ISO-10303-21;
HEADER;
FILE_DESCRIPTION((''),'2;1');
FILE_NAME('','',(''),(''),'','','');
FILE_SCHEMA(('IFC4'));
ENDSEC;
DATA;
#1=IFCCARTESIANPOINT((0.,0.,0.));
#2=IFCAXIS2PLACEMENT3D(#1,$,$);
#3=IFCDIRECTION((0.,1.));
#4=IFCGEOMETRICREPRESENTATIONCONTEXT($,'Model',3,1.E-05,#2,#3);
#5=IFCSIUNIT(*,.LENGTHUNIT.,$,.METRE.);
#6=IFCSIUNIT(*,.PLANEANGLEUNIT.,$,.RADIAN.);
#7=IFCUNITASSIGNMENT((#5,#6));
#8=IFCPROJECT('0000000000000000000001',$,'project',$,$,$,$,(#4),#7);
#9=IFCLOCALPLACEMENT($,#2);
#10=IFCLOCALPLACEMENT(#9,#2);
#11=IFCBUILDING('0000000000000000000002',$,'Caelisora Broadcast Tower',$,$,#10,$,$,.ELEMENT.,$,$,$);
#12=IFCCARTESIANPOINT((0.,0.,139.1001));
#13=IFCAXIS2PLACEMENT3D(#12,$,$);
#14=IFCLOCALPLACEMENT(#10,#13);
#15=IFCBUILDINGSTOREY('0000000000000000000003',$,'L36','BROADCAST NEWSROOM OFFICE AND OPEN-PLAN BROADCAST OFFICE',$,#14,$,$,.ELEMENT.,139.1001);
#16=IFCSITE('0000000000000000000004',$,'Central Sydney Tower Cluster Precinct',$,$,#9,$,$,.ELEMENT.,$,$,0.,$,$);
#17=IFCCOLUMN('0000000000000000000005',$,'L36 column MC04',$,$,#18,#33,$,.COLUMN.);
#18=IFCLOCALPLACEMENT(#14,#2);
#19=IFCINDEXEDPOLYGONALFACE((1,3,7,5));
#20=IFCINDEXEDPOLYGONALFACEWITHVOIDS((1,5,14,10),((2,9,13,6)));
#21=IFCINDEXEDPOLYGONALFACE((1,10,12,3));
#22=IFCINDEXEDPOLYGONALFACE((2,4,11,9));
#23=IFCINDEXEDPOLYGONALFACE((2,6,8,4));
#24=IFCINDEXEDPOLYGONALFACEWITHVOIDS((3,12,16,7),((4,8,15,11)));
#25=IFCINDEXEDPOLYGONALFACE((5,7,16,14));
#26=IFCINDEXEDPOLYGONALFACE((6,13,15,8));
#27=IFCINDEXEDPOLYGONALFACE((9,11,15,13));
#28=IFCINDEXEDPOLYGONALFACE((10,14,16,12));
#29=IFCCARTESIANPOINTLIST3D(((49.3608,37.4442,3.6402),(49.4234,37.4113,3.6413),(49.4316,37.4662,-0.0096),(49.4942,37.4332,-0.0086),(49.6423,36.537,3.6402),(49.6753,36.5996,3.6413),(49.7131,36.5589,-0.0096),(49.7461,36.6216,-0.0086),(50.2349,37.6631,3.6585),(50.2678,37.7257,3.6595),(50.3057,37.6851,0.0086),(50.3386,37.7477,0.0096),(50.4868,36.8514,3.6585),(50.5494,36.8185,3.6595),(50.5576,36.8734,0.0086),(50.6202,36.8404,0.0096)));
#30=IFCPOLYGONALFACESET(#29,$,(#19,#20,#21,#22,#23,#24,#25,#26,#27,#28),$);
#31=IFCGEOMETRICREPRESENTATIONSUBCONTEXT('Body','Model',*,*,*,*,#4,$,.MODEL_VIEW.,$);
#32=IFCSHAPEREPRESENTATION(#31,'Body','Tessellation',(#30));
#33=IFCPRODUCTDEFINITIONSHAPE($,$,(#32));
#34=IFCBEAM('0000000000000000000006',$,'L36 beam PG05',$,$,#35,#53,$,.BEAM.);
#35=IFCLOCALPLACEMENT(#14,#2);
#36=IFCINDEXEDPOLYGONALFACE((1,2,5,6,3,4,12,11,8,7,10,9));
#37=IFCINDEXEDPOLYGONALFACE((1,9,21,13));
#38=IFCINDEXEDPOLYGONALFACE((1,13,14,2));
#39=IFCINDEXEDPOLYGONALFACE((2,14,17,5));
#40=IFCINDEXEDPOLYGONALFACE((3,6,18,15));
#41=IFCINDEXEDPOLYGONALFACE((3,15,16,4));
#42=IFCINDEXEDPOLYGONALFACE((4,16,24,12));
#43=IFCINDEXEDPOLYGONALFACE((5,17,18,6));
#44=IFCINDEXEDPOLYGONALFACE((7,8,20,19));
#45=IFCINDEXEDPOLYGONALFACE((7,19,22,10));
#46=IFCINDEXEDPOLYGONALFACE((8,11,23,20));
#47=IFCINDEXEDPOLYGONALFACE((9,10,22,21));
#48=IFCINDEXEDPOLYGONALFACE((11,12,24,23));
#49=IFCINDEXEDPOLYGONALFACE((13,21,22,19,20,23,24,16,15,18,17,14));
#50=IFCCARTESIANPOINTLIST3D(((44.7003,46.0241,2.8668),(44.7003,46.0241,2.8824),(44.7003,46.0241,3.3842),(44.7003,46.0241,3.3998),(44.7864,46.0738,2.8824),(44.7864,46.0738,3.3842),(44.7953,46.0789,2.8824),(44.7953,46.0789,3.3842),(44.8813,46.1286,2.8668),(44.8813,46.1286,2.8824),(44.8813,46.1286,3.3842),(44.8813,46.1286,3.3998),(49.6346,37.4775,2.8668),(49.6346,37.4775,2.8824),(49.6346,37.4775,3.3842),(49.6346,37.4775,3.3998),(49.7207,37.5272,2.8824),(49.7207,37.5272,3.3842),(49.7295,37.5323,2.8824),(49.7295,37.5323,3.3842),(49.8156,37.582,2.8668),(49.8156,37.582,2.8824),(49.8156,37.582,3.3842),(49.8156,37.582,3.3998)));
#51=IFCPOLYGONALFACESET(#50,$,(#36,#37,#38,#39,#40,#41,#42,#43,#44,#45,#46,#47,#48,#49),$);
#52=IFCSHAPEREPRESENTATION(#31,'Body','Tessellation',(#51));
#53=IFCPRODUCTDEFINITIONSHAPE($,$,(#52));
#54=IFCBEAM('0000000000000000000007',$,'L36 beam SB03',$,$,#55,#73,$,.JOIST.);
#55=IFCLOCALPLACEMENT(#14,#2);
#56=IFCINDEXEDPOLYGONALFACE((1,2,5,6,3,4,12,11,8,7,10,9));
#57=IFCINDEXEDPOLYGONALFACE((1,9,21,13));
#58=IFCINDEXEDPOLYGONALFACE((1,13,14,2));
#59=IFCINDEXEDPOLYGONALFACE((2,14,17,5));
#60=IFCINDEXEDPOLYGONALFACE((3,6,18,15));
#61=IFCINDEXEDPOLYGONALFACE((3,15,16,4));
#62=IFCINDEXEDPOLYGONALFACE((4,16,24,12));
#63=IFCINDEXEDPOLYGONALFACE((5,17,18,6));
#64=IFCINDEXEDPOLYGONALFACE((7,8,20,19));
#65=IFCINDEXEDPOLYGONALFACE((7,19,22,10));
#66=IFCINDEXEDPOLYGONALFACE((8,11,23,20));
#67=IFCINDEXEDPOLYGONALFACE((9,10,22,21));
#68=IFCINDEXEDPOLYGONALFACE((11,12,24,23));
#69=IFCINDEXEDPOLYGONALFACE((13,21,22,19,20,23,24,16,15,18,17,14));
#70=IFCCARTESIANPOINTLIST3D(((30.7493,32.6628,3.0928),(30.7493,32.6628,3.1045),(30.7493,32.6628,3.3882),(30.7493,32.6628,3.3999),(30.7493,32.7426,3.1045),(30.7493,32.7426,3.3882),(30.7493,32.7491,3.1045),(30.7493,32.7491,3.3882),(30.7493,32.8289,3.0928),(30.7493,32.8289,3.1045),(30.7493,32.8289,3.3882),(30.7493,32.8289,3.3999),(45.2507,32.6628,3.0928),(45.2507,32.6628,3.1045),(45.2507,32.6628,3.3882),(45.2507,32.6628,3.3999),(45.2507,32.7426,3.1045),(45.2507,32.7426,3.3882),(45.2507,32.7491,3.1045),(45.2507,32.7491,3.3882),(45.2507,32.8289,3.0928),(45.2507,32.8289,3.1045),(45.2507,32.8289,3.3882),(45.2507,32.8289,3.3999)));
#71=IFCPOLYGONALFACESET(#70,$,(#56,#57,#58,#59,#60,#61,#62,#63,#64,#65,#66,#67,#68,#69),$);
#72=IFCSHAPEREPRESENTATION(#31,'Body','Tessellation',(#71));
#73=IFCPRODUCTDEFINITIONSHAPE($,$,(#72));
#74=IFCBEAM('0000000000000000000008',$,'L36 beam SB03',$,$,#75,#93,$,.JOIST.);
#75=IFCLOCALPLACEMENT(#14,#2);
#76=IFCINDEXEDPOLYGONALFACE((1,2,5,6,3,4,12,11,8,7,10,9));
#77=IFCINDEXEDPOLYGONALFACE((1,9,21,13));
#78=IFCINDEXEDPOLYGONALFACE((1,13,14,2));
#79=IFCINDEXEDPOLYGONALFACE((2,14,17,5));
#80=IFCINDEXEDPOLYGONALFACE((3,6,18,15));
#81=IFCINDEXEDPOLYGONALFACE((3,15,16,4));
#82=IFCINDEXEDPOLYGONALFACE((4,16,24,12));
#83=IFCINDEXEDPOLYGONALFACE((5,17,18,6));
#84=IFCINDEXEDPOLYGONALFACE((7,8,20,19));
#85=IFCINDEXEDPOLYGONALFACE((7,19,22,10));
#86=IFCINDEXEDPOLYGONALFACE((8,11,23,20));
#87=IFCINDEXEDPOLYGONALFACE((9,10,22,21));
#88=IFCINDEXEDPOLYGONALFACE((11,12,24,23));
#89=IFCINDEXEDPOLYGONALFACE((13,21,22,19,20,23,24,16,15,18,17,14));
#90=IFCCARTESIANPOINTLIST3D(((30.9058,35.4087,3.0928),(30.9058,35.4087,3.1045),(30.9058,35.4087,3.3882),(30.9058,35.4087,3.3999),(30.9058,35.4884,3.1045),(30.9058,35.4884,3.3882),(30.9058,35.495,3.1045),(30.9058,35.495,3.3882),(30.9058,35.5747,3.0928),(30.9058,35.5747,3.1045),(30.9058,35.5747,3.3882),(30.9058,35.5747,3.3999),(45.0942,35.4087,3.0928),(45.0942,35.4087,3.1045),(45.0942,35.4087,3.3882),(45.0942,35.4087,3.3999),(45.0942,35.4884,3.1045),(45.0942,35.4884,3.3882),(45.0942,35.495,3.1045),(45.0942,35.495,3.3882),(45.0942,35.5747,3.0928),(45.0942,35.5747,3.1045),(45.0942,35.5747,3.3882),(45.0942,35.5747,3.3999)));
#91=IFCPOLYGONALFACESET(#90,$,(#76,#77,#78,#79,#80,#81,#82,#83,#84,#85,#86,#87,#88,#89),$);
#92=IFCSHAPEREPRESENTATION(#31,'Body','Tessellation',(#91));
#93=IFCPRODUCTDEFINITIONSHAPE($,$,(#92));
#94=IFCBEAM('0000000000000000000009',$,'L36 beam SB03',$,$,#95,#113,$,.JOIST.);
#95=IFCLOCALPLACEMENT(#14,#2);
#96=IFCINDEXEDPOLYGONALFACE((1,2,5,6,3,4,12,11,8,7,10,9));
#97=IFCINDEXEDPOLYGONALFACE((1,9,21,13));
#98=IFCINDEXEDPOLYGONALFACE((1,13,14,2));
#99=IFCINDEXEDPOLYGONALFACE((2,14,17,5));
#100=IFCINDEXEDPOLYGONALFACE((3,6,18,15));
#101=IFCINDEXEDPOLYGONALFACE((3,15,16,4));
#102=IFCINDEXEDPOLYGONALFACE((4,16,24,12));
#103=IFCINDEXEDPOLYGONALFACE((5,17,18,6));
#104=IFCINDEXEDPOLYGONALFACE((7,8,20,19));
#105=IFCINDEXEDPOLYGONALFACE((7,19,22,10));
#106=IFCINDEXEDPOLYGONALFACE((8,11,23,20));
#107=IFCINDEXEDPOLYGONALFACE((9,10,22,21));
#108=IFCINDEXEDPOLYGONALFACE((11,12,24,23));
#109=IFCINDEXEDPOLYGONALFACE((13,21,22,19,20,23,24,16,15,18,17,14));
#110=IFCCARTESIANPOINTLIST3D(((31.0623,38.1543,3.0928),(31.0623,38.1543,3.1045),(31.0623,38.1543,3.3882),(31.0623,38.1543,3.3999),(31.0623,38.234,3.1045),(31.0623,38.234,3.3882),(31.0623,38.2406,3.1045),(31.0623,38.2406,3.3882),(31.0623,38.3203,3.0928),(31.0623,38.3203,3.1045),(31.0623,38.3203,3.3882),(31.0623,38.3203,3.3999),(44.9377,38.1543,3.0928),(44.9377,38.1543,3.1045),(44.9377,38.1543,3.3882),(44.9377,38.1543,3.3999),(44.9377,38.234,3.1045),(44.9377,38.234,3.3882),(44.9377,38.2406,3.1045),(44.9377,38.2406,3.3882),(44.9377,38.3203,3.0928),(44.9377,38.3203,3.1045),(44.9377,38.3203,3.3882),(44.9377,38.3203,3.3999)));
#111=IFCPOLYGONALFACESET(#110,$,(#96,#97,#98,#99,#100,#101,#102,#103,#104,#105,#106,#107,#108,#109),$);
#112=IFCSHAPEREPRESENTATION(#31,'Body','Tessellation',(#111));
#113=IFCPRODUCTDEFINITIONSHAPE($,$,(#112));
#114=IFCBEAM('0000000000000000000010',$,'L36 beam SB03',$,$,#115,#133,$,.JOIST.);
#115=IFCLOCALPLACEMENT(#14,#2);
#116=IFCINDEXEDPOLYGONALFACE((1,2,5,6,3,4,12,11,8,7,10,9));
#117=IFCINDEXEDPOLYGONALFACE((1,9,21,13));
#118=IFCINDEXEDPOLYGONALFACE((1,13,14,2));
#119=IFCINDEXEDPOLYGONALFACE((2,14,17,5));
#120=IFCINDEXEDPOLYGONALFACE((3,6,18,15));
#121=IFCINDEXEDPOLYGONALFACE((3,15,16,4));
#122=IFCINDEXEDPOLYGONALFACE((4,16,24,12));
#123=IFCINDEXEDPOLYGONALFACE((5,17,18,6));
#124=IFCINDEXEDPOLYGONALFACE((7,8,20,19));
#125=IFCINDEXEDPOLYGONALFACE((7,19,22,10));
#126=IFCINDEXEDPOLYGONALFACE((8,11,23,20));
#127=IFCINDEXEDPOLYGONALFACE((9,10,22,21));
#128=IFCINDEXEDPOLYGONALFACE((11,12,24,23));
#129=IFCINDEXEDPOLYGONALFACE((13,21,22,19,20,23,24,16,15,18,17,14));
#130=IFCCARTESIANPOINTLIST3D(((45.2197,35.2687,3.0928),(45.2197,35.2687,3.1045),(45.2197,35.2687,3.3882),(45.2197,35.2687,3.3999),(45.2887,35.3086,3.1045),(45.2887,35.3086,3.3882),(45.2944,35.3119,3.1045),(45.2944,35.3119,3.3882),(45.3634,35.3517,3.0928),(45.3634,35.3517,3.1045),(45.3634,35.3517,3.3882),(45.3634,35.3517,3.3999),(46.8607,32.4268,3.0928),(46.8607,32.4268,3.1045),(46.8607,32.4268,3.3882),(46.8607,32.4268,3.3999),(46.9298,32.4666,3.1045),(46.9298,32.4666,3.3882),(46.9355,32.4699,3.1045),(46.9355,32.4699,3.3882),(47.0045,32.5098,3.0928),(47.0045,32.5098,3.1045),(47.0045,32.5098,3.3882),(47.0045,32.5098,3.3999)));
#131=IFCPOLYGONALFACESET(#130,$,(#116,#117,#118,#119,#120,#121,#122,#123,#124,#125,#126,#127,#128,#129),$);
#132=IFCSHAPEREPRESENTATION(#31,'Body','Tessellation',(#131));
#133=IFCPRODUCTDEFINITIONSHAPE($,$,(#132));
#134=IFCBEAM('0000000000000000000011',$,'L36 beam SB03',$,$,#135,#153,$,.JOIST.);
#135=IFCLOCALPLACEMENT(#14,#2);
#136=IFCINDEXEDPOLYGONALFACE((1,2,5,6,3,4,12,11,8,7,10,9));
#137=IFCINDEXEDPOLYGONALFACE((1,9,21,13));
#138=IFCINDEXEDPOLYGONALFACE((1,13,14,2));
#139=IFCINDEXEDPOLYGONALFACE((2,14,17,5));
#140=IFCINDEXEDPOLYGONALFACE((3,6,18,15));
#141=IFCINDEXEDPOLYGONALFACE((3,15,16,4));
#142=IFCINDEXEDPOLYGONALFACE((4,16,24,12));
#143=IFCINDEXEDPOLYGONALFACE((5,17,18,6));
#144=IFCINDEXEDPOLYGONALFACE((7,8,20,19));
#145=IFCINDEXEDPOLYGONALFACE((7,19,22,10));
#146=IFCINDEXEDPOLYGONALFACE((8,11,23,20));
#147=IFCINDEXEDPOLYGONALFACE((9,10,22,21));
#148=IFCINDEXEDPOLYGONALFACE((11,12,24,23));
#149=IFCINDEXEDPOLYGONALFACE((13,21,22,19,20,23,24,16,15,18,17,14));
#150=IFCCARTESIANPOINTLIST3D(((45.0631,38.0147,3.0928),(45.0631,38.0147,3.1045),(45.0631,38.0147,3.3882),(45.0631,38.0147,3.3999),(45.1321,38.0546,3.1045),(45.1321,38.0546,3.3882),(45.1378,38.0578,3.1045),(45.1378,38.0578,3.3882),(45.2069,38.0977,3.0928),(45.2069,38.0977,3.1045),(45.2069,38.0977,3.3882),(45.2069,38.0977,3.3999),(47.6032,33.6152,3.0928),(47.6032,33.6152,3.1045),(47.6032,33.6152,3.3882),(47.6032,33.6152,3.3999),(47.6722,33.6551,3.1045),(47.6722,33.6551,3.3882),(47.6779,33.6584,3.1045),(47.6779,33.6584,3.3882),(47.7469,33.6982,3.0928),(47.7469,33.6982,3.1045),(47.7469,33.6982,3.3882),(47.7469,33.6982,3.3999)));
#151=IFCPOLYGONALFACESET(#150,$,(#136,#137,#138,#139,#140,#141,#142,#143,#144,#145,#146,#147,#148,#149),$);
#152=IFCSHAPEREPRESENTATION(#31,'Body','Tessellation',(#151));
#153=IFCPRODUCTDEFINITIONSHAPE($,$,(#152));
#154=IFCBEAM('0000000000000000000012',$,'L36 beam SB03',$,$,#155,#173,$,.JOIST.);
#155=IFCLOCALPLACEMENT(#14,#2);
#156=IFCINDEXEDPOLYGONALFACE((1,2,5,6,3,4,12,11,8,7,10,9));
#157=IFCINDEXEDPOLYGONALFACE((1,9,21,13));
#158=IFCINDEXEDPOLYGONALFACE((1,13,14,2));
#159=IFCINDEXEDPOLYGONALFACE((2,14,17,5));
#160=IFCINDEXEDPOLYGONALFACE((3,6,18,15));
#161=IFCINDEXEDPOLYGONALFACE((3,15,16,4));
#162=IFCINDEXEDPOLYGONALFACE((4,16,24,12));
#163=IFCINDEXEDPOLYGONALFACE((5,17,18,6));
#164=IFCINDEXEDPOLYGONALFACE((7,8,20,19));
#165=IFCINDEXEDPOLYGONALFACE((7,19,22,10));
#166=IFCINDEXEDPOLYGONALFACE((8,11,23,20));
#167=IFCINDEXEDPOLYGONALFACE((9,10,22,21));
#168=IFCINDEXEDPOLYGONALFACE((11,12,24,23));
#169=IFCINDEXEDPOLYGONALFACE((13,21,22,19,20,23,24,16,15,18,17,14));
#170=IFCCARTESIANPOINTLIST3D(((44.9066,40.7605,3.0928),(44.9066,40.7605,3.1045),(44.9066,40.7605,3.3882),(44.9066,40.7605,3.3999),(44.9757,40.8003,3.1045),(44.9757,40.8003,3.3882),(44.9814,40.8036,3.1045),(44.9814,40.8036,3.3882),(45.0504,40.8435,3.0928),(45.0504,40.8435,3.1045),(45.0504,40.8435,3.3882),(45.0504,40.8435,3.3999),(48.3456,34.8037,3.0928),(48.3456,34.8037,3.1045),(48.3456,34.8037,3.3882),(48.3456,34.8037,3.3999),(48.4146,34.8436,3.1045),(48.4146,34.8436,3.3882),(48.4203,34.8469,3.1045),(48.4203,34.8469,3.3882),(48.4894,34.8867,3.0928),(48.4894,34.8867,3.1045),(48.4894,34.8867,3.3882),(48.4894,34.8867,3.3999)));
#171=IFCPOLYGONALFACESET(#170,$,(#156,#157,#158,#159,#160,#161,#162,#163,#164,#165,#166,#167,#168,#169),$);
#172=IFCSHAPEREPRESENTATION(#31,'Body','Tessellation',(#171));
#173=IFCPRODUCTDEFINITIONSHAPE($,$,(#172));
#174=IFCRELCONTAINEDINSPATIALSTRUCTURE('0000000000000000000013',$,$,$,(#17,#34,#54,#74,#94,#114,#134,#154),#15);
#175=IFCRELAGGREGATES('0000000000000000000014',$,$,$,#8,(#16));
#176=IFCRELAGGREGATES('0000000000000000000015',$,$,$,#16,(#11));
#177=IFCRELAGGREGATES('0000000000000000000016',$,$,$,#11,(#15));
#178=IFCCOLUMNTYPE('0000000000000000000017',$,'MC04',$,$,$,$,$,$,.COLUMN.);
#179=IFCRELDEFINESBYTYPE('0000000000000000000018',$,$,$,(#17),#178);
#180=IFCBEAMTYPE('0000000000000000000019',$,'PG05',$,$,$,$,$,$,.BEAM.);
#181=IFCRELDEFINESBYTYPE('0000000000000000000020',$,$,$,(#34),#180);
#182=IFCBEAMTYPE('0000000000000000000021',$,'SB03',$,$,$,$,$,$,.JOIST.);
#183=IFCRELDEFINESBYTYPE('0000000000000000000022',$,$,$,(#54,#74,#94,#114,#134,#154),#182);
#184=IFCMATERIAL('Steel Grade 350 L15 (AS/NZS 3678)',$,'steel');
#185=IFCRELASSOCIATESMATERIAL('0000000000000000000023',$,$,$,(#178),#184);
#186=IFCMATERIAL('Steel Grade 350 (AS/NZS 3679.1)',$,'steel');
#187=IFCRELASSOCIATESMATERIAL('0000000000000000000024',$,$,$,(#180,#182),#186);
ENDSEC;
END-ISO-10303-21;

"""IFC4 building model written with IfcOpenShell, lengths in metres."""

from ifc_helpers import new_model, si_unit, direction, frame, origin, origin_2d, place, context, subcontext, project, spatial, hollow_rectangle, i_section, extrude, source, transform, mapped, material, material_profile, profile_set, type_object, type_shapes, element, save


model = new_model("IFC4")

# Units and contexts
model_context = context("Model", 3, precision=1e-05, world=origin(), true_north=direction((0.0, 1.0)))
body_context = subcontext(model_context, "Body", "Model", "MODEL_VIEW")
ifc_project = project(units=[si_unit("LENGTHUNIT", "METRE"), si_unit("PLANEANGLEUNIT", "RADIAN")], contexts=[model_context])

# Site, building, storey
site_placement = place(None, origin())
site = spatial("IfcSite", under=ifc_project, at=site_placement, Name="Central Sydney Tower Cluster Precinct", CompositionType="ELEMENT", RefElevation=0.0)
building_placement = place(site_placement, origin())
building = spatial("IfcBuilding", under=site, at=building_placement, Name="Caelisora Broadcast Tower", CompositionType="ELEMENT")
storey_placement = place(building_placement, frame((0.0, 0.0, 139.1001)))
storey = spatial("IfcBuildingStorey", under=building, at=storey_placement, Name="L36", Description="BROADCAST NEWSROOM OFFICE AND OPEN-PLAN BROADCAST OFFICE", CompositionType="ELEMENT", Elevation=139.1001)

# Column
ifc_material_1 = material(Name="Steel Grade 350 L15 (AS/NZS 3678)", Category="steel")
ifc_material_profile_1 = material_profile(ifc_material_1, hollow_rectangle(XDim=0.95, YDim=0.95, WallThickness=0.05, at=origin_2d()), Name="Steel Grade 350 L15 (AS/NZS 3678)")
ifc_profile_set_1 = profile_set([ifc_material_profile_1], Name="Steel Grade 350 L15 (AS/NZS 3678)")
column_type = type_object("IfcColumnType", Name="MC04", PredefinedType="COLUMN", material=ifc_profile_set_1)
shared_shape_1 = source(origin(), body_context, "Body", "SweptSolid", [
    extrude(hollow_rectangle(XDim=0.95, YDim=0.95, WallThickness=0.05, at=origin_2d()), origin(), (0.0, 0.0, 1.0), 3.6506),
])
type_shapes(column_type, [shared_shape_1])
column_placement = place(storey_placement, frame((50.0259, 37.1533, 0.0), z_axis=(-0.019394, -0.006019, 0.999794), x_axis=(0.296399, -0.955064, 0.0)))
element("IfcColumn", 1, at=column_placement, inside=storey, type_object=column_type, Name="L36 column MC04", PredefinedType="COLUMN", context=body_context, shape_type="MappedRepresentation", body=[
    mapped(shared_shape_1, transform((0.0, 0.0, 0.0), scale=1.0)),
])

# Beams
ifc_material_2 = material(Name="Steel Grade 350 (AS/NZS 3679.1)", Category="steel")
ifc_material_profile_2 = material_profile(ifc_material_2, i_section(OverallWidth=0.209, OverallDepth=0.533, WebThickness=0.0103, FlangeThickness=0.0156, at=origin_2d()), Name="Steel Grade 350 (AS/NZS 3679.1)")
ifc_profile_set_2 = profile_set([ifc_material_profile_2], Name="Steel Grade 350 (AS/NZS 3679.1)")
beam_type_1 = type_object("IfcBeamType", Name="PG05", PredefinedType="BEAM", material=ifc_profile_set_2)
shared_shape_2 = source(origin(), body_context, "Body", "SweptSolid", [
    extrude(i_section(OverallWidth=0.209, OverallDepth=0.533, WebThickness=0.0103, FlangeThickness=0.0156, at=origin_2d()), origin(), (0.0, 0.0, 1.0), 9.8687),
])
type_shapes(beam_type_1, [shared_shape_2])
beam_1_placement = place(storey_placement, frame((49.7251, 37.5298, 3.1333), z_axis=(-0.499994, 0.866029, 0.0), x_axis=(-0.866029, -0.499994, 0.0)))
element("IfcBeam", 2, at=beam_1_placement, inside=storey, type_object=beam_type_1, Name="L36 beam PG05", PredefinedType="BEAM", context=body_context, shape_type="MappedRepresentation", body=[
    mapped(shared_shape_2, transform((0.0, 0.0, 0.0), scale=1.0)),
])
ifc_material_profile_3 = material_profile(ifc_material_2, i_section(OverallWidth=0.166, OverallDepth=0.3071, WebThickness=0.0066, FlangeThickness=0.0117, at=origin_2d()), Name="Steel Grade 350 (AS/NZS 3679.1)")
ifc_profile_set_3 = profile_set([ifc_material_profile_3], Name="Steel Grade 350 (AS/NZS 3679.1)")
beam_type_2 = type_object("IfcBeamType", Name="SB03", PredefinedType="JOIST", material=ifc_profile_set_3)
shared_shape_3 = source(origin(), body_context, "Body", "SweptSolid", [
    extrude(i_section(OverallWidth=0.166, OverallDepth=0.3071, WebThickness=0.0066, FlangeThickness=0.0117, at=origin_2d()), origin(), (0.0, 0.0, 1.0), 14.5015),
])
beam_2_placement = place(storey_placement, frame((45.2507, 32.7458, 3.2463), z_axis=(-1.0, 0.0, 0.0), x_axis=(0.0, -1.0, 0.0)))
element("IfcBeam", 3, at=beam_2_placement, inside=storey, type_object=beam_type_2, Name="L36 beam SB03", PredefinedType="JOIST", context=body_context, shape_type="MappedRepresentation", body=[
    mapped(shared_shape_3, transform((0.0, 0.0, 0.0), scale=1.0)),
])
shared_shape_4 = source(origin(), body_context, "Body", "SweptSolid", [
    extrude(i_section(OverallWidth=0.166, OverallDepth=0.3071, WebThickness=0.0066, FlangeThickness=0.0117, at=origin_2d()), origin(), (0.0, 0.0, 1.0), 14.1885),
])
beam_3_placement = place(storey_placement, frame((45.0942, 35.4917, 3.2463), z_axis=(-1.0, 0.0, 0.0), x_axis=(0.0, -1.0, 0.0)))
element("IfcBeam", 4, at=beam_3_placement, inside=storey, type_object=beam_type_2, Name="L36 beam SB03", PredefinedType="JOIST", context=body_context, shape_type="MappedRepresentation", body=[
    mapped(shared_shape_4, transform((0.0, 0.0, 0.0), scale=1.0)),
])
shared_shape_5 = source(origin(), body_context, "Body", "SweptSolid", [
    extrude(i_section(OverallWidth=0.166, OverallDepth=0.3071, WebThickness=0.0066, FlangeThickness=0.0117, at=origin_2d()), origin(), (0.0, 0.0, 1.0), 13.8755),
])
beam_4_placement = place(storey_placement, frame((44.9377, 38.2373, 3.2463), z_axis=(-1.0, 0.0, 0.0), x_axis=(0.0, -1.0, 0.0)))
element("IfcBeam", 5, at=beam_4_placement, inside=storey, type_object=beam_type_2, Name="L36 beam SB03", PredefinedType="JOIST", context=body_context, shape_type="MappedRepresentation", body=[
    mapped(shared_shape_5, transform((0.0, 0.0, 0.0), scale=1.0)),
])
shared_shape_6 = source(origin(), body_context, "Body", "SweptSolid", [
    extrude(i_section(OverallWidth=0.166, OverallDepth=0.3071, WebThickness=0.0066, FlangeThickness=0.0117, at=origin_2d()), origin(), (0.0, 0.0, 1.0), 3.2817),
])
beam_5_placement = place(storey_placement, frame((46.9326, 32.4683, 3.2463), z_axis=(-0.500059, 0.865991, 0.0), x_axis=(-0.865991, -0.500059, 0.0)))
element("IfcBeam", 6, at=beam_5_placement, inside=storey, type_object=beam_type_2, Name="L36 beam SB03", PredefinedType="JOIST", context=body_context, shape_type="MappedRepresentation", body=[
    mapped(shared_shape_6, transform((0.0, 0.0, 0.0), scale=1.0)),
])
shared_shape_7 = source(origin(), body_context, "Body", "SweptSolid", [
    extrude(i_section(OverallWidth=0.166, OverallDepth=0.3071, WebThickness=0.0066, FlangeThickness=0.0117, at=origin_2d()), origin(), (0.0, 0.0, 1.0), 5.0801),
])
beam_6_placement = place(storey_placement, frame((47.675, 33.6567, 3.2463), z_axis=(-0.500005, 0.866022, 0.0), x_axis=(-0.866022, -0.500005, 0.0)))
element("IfcBeam", 7, at=beam_6_placement, inside=storey, type_object=beam_type_2, Name="L36 beam SB03", PredefinedType="JOIST", context=body_context, shape_type="MappedRepresentation", body=[
    mapped(shared_shape_7, transform((0.0, 0.0, 0.0), scale=1.0)),
])
shared_shape_8 = source(origin(), body_context, "Body", "SweptSolid", [
    extrude(i_section(OverallWidth=0.166, OverallDepth=0.3071, WebThickness=0.0066, FlangeThickness=0.0117, at=origin_2d()), origin(), (0.0, 0.0, 1.0), 6.8782),
])
beam_7_placement = place(storey_placement, frame((48.4175, 34.8452, 3.2463), z_axis=(-0.49998, 0.866037, 0.0), x_axis=(-0.866037, -0.49998, 0.0)))
element("IfcBeam", 8, at=beam_7_placement, inside=storey, type_object=beam_type_2, Name="L36 beam SB03", PredefinedType="JOIST", context=body_context, shape_type="MappedRepresentation", body=[
    mapped(shared_shape_8, transform((0.0, 0.0, 0.0), scale=1.0)),
])

save(model, "model.ifc")
